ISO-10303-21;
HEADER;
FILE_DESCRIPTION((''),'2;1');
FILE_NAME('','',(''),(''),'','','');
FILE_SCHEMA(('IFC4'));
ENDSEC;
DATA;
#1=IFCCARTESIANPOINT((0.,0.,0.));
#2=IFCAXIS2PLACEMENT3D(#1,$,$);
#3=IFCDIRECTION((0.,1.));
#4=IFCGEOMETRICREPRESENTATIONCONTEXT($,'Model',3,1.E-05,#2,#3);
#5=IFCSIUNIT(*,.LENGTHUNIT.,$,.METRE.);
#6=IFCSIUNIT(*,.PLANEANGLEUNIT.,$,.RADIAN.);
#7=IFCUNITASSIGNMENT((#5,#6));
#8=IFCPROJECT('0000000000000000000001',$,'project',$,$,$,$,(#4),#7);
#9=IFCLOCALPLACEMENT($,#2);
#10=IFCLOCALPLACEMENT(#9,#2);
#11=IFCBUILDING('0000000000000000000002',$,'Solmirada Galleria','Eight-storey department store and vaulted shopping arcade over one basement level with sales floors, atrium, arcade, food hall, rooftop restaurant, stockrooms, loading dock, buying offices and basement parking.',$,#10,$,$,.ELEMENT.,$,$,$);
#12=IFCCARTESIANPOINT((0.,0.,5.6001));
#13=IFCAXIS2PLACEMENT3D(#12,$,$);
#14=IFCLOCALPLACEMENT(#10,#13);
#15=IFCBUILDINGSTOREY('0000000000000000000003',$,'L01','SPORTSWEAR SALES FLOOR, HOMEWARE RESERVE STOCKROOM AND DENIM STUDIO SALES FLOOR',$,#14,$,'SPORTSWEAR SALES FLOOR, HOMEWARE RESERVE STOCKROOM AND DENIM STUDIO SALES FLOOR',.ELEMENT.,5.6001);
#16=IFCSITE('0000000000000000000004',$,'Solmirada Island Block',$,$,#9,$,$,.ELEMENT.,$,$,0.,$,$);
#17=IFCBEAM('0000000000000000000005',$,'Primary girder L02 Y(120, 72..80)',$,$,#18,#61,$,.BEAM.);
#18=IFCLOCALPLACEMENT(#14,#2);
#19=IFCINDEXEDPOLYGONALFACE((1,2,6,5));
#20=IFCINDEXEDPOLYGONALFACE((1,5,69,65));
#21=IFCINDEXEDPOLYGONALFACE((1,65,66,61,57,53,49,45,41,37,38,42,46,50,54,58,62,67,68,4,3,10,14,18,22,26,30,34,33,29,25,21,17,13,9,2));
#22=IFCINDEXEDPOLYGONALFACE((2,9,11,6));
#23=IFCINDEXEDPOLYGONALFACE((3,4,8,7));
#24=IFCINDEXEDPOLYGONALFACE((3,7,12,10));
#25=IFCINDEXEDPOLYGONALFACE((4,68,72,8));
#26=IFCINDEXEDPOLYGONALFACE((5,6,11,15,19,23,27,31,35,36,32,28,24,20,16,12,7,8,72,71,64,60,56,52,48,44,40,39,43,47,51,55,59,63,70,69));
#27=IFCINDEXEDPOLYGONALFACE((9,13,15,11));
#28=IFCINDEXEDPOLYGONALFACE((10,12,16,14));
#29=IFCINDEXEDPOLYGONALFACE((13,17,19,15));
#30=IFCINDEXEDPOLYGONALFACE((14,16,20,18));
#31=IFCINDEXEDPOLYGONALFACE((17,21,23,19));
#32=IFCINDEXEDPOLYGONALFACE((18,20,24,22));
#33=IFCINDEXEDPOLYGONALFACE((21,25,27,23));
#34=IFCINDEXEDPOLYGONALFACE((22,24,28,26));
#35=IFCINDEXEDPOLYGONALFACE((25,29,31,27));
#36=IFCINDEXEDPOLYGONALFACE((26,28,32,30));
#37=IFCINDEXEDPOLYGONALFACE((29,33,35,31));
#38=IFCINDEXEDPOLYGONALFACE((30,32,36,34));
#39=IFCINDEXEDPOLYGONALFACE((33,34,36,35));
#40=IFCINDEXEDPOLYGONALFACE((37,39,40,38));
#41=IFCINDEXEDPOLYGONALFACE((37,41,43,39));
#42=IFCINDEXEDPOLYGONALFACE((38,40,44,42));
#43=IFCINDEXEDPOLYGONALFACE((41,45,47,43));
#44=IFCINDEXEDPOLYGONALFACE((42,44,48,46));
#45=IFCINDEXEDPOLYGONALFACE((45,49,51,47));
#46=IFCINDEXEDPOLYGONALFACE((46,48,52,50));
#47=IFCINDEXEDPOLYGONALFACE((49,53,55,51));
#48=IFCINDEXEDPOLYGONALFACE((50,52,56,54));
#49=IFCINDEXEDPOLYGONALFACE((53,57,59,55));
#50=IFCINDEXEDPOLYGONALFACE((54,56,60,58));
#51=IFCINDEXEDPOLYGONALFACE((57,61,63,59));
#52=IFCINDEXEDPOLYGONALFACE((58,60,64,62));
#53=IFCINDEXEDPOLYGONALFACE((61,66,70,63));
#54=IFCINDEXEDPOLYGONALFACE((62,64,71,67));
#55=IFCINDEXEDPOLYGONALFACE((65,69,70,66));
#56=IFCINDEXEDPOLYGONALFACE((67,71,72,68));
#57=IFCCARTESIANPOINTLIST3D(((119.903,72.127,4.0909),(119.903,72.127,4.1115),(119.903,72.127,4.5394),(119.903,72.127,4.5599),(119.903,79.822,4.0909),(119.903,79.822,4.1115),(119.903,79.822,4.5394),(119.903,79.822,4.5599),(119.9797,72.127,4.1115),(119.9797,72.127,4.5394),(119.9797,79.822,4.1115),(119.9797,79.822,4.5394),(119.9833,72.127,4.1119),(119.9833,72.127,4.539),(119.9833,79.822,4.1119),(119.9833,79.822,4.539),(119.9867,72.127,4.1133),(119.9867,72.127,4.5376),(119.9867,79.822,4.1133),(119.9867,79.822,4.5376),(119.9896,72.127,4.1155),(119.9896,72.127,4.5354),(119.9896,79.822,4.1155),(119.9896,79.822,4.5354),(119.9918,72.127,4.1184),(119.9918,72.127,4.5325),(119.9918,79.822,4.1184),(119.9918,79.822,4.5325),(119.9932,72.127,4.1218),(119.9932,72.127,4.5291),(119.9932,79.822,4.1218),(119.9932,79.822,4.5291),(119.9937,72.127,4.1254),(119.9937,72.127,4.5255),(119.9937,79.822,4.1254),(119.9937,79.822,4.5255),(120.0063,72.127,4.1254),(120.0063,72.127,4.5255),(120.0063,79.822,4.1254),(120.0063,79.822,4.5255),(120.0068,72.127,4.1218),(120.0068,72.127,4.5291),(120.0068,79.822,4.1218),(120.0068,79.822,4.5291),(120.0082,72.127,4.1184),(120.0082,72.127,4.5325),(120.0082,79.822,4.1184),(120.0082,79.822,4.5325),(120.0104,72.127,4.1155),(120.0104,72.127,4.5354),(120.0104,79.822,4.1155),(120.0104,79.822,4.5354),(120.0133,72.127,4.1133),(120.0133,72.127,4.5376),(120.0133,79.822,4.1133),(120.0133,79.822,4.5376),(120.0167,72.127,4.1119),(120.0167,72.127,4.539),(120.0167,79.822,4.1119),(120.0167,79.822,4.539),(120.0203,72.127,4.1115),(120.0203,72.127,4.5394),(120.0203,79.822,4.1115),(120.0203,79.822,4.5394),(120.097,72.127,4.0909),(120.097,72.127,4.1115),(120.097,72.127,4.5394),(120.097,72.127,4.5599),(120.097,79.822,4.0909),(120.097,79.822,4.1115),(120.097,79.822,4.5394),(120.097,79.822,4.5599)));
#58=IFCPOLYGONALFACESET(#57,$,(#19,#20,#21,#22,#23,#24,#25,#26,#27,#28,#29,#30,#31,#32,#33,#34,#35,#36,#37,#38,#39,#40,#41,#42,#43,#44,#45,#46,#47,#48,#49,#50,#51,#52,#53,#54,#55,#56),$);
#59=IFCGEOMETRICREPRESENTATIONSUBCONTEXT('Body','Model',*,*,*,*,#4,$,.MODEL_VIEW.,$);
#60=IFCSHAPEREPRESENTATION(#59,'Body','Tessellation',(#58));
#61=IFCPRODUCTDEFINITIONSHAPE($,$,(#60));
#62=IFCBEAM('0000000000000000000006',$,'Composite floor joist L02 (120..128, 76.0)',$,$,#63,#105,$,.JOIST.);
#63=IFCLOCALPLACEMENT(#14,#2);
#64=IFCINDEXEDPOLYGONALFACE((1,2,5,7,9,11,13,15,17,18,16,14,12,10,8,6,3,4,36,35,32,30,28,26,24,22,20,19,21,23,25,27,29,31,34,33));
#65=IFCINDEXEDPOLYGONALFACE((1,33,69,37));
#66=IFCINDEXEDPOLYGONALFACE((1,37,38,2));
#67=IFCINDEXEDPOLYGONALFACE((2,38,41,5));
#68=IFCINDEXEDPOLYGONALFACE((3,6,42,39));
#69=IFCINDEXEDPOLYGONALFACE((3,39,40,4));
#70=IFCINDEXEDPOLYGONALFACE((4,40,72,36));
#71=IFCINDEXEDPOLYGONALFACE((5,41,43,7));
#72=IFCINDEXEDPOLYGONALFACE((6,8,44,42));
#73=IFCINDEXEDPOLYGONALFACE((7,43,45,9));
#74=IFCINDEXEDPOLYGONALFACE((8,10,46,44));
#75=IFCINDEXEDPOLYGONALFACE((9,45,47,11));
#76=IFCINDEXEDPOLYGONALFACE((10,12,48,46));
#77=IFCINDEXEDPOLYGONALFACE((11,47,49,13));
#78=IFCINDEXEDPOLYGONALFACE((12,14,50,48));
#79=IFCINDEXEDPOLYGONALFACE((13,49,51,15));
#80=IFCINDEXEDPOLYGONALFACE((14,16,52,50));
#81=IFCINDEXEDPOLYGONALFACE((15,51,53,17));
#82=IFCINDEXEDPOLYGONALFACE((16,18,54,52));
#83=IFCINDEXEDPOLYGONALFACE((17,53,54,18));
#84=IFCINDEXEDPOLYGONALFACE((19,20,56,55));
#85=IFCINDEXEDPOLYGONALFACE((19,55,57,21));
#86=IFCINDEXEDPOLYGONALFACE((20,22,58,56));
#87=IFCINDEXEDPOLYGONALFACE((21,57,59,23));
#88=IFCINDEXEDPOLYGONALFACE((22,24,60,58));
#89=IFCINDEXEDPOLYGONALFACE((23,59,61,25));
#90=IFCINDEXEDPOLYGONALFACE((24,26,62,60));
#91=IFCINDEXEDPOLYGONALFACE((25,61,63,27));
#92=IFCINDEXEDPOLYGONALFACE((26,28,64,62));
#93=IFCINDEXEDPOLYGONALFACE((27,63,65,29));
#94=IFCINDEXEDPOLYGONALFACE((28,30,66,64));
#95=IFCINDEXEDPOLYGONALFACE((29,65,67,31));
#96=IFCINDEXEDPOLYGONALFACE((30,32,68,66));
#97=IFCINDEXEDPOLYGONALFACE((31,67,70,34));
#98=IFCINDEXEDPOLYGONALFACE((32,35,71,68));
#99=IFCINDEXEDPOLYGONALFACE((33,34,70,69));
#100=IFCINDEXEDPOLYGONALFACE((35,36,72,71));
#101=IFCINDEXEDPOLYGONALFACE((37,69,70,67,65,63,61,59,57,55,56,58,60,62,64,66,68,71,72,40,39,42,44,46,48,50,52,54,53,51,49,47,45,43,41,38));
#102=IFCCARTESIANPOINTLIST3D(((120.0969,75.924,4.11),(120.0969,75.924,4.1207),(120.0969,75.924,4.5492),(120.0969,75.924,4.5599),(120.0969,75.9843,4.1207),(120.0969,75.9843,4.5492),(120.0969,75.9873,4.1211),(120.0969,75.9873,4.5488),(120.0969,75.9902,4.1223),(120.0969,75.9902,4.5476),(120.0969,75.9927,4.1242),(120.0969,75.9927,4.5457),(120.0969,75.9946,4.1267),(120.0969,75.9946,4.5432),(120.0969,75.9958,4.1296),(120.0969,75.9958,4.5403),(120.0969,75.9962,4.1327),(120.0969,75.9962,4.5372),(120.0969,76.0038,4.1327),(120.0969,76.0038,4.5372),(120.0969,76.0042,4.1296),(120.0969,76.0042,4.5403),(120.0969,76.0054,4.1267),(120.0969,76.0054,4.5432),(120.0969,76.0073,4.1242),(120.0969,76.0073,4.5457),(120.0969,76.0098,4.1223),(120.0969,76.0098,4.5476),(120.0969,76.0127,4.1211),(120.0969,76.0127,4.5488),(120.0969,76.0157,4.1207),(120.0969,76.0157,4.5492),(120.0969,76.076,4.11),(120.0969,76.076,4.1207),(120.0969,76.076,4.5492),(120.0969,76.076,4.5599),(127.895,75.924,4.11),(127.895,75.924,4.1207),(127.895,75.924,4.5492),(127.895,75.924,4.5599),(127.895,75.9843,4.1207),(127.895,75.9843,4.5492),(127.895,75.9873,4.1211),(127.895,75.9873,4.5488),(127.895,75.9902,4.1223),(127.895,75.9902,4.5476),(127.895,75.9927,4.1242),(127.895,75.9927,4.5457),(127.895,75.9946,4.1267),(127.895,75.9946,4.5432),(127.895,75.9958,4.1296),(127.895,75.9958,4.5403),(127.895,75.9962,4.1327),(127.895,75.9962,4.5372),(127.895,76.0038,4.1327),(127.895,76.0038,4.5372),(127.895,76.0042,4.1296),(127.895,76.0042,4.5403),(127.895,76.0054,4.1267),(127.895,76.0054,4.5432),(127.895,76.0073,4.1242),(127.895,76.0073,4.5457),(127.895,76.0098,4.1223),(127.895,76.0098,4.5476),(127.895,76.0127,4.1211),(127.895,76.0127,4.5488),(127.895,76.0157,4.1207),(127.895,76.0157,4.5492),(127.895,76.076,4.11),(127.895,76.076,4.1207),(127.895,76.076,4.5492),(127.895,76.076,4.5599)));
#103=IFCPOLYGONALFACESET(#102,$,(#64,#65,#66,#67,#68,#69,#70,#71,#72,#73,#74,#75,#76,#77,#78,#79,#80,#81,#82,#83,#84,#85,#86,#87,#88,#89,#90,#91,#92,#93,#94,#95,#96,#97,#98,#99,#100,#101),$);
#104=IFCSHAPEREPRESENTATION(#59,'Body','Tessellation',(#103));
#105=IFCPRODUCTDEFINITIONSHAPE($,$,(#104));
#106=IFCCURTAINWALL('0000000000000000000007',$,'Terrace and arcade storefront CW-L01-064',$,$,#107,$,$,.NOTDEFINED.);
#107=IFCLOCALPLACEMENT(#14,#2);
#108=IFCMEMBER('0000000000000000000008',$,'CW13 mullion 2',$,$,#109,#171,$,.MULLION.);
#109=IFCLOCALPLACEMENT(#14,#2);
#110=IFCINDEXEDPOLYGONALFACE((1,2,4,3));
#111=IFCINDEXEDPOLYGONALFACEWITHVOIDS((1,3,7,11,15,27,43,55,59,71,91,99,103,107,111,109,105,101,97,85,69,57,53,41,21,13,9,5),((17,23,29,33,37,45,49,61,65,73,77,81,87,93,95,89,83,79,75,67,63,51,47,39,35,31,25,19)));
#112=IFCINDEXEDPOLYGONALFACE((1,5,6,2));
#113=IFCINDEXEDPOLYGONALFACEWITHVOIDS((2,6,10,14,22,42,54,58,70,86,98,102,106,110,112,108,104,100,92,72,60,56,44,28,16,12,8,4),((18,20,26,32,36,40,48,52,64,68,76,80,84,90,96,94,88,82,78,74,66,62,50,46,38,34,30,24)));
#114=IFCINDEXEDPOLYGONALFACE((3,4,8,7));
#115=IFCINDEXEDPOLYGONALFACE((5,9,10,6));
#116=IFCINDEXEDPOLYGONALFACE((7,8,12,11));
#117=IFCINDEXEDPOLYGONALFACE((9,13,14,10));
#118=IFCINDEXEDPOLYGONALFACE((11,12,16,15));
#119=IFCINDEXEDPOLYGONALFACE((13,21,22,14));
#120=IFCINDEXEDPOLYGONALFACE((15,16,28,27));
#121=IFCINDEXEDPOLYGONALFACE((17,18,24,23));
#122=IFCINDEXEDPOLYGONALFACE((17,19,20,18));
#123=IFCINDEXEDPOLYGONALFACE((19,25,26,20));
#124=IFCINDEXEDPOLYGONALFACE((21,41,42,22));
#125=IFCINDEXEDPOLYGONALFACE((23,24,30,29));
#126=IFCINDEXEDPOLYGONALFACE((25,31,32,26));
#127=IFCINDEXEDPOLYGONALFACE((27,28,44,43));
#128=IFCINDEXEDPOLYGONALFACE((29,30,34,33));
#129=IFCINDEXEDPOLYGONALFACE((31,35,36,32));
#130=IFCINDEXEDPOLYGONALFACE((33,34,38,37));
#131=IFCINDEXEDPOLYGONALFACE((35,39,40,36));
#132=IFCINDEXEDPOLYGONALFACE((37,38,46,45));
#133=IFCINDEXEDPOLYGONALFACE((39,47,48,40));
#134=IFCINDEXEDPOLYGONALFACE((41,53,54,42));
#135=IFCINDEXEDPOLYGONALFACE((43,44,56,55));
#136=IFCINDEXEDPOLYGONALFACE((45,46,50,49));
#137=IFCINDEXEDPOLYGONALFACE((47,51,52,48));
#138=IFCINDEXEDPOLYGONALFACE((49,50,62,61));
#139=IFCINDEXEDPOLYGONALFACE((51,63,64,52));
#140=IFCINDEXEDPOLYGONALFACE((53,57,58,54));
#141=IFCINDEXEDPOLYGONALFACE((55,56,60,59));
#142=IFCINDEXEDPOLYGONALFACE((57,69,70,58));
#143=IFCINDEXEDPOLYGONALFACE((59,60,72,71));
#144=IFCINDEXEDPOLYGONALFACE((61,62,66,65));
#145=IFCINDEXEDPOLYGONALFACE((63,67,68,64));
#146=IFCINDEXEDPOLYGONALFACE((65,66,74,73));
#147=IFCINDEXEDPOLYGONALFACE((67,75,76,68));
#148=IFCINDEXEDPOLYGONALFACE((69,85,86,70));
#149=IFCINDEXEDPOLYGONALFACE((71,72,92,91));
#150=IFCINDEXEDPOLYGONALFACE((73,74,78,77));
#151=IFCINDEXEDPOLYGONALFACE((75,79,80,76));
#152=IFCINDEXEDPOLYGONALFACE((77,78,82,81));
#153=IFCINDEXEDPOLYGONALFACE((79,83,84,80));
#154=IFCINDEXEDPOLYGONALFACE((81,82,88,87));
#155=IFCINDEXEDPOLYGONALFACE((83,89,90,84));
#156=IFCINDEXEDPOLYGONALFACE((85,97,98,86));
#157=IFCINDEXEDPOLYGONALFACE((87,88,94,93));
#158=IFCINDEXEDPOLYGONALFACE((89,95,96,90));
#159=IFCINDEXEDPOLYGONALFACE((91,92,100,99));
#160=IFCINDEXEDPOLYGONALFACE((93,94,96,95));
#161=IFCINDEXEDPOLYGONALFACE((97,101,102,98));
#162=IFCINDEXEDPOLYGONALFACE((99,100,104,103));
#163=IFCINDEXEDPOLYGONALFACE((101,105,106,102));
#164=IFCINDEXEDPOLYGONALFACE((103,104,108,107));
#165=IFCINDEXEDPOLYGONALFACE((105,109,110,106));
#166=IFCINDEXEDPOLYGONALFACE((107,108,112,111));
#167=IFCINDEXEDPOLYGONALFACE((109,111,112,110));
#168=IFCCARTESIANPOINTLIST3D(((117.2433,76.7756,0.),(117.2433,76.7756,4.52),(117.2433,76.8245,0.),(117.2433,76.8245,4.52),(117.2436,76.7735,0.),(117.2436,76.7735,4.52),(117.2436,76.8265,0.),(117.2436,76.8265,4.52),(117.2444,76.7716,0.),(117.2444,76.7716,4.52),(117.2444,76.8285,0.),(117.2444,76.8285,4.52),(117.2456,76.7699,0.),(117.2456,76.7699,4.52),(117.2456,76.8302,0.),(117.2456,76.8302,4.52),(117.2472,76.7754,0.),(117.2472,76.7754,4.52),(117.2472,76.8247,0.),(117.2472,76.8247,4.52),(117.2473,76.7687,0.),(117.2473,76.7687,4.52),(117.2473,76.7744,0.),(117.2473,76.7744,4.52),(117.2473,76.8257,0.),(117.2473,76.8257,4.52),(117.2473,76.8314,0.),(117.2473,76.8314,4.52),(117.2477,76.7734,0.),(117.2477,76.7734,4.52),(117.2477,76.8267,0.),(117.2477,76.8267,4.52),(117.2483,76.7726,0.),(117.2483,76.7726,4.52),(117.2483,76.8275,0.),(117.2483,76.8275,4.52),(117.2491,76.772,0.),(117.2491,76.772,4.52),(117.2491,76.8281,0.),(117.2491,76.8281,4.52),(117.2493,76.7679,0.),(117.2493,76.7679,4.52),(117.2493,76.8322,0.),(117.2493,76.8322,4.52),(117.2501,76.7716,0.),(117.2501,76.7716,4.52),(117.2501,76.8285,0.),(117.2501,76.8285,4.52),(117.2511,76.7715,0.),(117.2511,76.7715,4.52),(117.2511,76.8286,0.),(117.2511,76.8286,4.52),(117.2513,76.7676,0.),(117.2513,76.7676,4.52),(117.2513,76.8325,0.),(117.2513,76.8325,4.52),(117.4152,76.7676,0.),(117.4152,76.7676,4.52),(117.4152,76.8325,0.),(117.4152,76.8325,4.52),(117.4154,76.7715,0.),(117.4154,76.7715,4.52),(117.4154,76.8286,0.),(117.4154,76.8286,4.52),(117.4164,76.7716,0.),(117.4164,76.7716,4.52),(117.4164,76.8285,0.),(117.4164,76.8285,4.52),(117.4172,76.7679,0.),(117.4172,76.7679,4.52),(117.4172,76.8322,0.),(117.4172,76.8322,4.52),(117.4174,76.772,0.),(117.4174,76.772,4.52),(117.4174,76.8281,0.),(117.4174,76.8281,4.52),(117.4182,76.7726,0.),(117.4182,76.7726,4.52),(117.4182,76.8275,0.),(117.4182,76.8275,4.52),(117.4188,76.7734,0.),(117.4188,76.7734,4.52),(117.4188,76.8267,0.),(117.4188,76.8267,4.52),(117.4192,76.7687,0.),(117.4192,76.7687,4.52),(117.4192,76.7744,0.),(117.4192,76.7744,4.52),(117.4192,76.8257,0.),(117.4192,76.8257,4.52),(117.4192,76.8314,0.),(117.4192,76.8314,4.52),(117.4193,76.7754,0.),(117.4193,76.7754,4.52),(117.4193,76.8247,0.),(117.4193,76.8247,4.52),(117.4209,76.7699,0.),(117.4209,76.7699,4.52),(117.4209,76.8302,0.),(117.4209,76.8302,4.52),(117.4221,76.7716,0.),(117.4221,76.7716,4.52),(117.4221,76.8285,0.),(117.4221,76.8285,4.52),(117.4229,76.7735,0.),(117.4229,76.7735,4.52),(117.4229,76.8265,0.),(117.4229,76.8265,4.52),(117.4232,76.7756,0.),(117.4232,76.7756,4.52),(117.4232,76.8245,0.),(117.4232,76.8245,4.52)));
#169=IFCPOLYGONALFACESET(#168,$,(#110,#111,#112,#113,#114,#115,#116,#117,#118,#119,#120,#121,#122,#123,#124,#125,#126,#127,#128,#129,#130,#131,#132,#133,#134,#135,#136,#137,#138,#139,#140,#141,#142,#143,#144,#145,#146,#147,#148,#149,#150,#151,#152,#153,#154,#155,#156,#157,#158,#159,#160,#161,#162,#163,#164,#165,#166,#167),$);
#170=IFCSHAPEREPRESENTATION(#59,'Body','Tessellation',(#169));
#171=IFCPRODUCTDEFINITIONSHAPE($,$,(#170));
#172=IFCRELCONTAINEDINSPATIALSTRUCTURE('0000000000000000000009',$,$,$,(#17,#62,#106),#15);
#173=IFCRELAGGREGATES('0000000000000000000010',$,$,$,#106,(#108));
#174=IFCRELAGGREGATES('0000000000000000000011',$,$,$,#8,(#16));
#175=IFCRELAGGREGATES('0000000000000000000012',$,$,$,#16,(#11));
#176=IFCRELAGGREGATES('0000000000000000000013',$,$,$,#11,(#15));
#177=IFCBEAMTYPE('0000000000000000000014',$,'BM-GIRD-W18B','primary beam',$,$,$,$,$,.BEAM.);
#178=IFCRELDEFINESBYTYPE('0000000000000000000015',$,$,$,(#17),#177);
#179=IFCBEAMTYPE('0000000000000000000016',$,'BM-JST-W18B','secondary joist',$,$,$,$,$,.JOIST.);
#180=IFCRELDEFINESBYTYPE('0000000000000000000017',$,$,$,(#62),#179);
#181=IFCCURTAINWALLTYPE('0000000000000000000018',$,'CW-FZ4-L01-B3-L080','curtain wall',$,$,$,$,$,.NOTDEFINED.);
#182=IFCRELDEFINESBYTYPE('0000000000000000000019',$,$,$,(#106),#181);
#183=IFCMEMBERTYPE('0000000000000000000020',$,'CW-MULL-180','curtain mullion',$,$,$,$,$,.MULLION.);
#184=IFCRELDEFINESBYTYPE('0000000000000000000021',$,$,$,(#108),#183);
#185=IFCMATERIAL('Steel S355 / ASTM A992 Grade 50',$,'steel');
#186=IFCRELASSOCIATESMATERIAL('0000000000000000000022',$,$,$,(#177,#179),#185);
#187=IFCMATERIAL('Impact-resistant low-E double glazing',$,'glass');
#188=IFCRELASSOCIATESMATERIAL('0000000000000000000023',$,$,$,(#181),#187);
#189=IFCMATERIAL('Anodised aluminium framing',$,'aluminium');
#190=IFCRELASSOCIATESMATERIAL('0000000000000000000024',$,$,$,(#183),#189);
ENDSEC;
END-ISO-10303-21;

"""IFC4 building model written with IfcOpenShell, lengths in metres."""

from ifc_helpers import new_model, si_unit, direction, frame, origin, origin_2d, place, context, subcontext, project, spatial, hollow_rectangle, i_section, extrude, material, material_profile, profile_set, type_object, element, aggregate, save


model = new_model("IFC4")

# Units and contexts
model_context = context("Model", 3, precision=1e-05, world=origin(), true_north=direction((0.0, 1.0)))
body_context = subcontext(model_context, "Body", "Model", "MODEL_VIEW")
ifc_project = project(units=[si_unit("LENGTHUNIT", "METRE"), si_unit("PLANEANGLEUNIT", "RADIAN")], contexts=[model_context])

# Site, building, storey
site_placement = place(None, origin())
site = spatial("IfcSite", under=ifc_project, at=site_placement, Name="Solmirada Island Block", CompositionType="ELEMENT", RefElevation=0.0)
building_placement = place(site_placement, origin())
building = spatial("IfcBuilding", under=site, at=building_placement, Name="Solmirada Galleria", Description="Eight-storey department store and vaulted shopping arcade over one basement level with sales floors, atrium, arcade, food hall, rooftop restaurant, stockrooms, loading dock, buying offices and basement parking.", CompositionType="ELEMENT")
storey_placement = place(building_placement, frame((0.0, 0.0, 5.6001)))
storey = spatial("IfcBuildingStorey", under=building, at=storey_placement, Name="L01", Description="SPORTSWEAR SALES FLOOR, HOMEWARE RESERVE STOCKROOM AND DENIM STUDIO SALES FLOOR", LongName="SPORTSWEAR SALES FLOOR, HOMEWARE RESERVE STOCKROOM AND DENIM STUDIO SALES FLOOR", CompositionType="ELEMENT", Elevation=5.6001)

# Beams
ifc_material_1 = material(Name="Steel S355 / ASTM A992 Grade 50", Category="steel")
ifc_material_profile_1 = material_profile(ifc_material_1, i_section(OverallWidth=0.1941, OverallDepth=0.469, WebThickness=0.0127, FlangeThickness=0.0205, FilletRadius=0.0139, at=origin_2d()), Name="W18X71")
ifc_profile_set_1 = profile_set([ifc_material_profile_1], Name="Steel S355 / ASTM A992 Grade 50")
beam_type_1 = type_object("IfcBeamType", Name="BM-GIRD-W18B", Description="primary beam", PredefinedType="BEAM", material=ifc_profile_set_1)
beam_1_placement = place(storey_placement, frame((120.0, 72.127, 4.3254), z_axis=(0.0, 1.0, 0.0), x_axis=(-1.0, 0.0, 0.0)))
element("IfcBeam", 1, at=beam_1_placement, inside=storey, type_object=beam_type_1, Name="Primary girder L02 Y(120, 72..80)", PredefinedType="BEAM", context=body_context, shape_type="SweptSolid", body=[
    extrude(i_section(OverallWidth=0.1941, OverallDepth=0.469, WebThickness=0.0127, FlangeThickness=0.0205, FilletRadius=0.0139, at=origin_2d()), origin(), (0.0, 0.0, 1.0), 7.6951),
])
ifc_material_profile_2 = material_profile(ifc_material_1, i_section(OverallWidth=0.1521, OverallDepth=0.45, WebThickness=0.0076, FlangeThickness=0.0107, FilletRadius=0.012, at=origin_2d()), Name="W18X35")
ifc_profile_set_2 = profile_set([ifc_material_profile_2], Name="Steel S355 / ASTM A992 Grade 50")
beam_type_2 = type_object("IfcBeamType", Name="BM-JST-W18B", Description="secondary joist", PredefinedType="JOIST", material=ifc_profile_set_2)
beam_2_placement = place(storey_placement, frame((120.0969, 76.0, 4.335), z_axis=(1.0, 0.0, 0.0), x_axis=(0.0, 1.0, 0.0)))
element("IfcBeam", 2, at=beam_2_placement, inside=storey, type_object=beam_type_2, Name="Composite floor joist L02 (120..128, 76.0)", PredefinedType="JOIST", context=body_context, shape_type="SweptSolid", body=[
    extrude(i_section(OverallWidth=0.1521, OverallDepth=0.45, WebThickness=0.0076, FlangeThickness=0.0107, FilletRadius=0.012, at=origin_2d()), origin(), (0.0, 0.0, 1.0), 7.7981),
])

# Curtain wall, member
ifc_material_2 = material(Name="Impact-resistant low-E double glazing", Category="glass")
curtain_wall_type_1 = type_object("IfcCurtainWallType", Name="CW-FZ4-L01-B3-L080", Description="curtain wall", PredefinedType="NOTDEFINED", material=ifc_material_2)
curtain_wall_1_placement = place(storey_placement, origin())
curtain_wall_1 = element("IfcCurtainWall", 3, at=curtain_wall_1_placement, inside=storey, type_object=curtain_wall_type_1, Name="Terrace and arcade storefront CW-L01-064", PredefinedType="NOTDEFINED")
ifc_material_3 = material(Name="Anodised aluminium framing", Category="aluminium")
ifc_material_profile_3 = material_profile(ifc_material_3, hollow_rectangle(XDim=0.0649, YDim=0.1799, WallThickness=0.0039, InnerFilletRadius=0.0039, OuterFilletRadius=0.0081, at=origin_2d()), Name="ALU-MULL-180X65")
ifc_profile_set_3 = profile_set([ifc_material_profile_3], Name="Anodised aluminium framing")
member_type_1 = type_object("IfcMemberType", Name="CW-MULL-180", Description="curtain mullion", PredefinedType="MULLION", material=ifc_profile_set_3)
member_1_placement = place(storey_placement, frame((117.3333, 76.8, 0.0), z_axis=(0.0, 0.0, 1.0), x_axis=(0.0, -1.0, 0.0)))
member_1 = element("IfcMember", 4, at=member_1_placement, type_object=member_type_1, Name="CW13 mullion 2", PredefinedType="MULLION", context=body_context, shape_type="SweptSolid", body=[
    extrude(hollow_rectangle(XDim=0.0649, YDim=0.1799, WallThickness=0.0039, InnerFilletRadius=0.0039, OuterFilletRadius=0.0081, at=origin_2d()), origin(), (0.0, 0.0, 1.0), 4.52),
])

aggregate(curtain_wall_1, [member_1])

save(model, "model.ifc")
